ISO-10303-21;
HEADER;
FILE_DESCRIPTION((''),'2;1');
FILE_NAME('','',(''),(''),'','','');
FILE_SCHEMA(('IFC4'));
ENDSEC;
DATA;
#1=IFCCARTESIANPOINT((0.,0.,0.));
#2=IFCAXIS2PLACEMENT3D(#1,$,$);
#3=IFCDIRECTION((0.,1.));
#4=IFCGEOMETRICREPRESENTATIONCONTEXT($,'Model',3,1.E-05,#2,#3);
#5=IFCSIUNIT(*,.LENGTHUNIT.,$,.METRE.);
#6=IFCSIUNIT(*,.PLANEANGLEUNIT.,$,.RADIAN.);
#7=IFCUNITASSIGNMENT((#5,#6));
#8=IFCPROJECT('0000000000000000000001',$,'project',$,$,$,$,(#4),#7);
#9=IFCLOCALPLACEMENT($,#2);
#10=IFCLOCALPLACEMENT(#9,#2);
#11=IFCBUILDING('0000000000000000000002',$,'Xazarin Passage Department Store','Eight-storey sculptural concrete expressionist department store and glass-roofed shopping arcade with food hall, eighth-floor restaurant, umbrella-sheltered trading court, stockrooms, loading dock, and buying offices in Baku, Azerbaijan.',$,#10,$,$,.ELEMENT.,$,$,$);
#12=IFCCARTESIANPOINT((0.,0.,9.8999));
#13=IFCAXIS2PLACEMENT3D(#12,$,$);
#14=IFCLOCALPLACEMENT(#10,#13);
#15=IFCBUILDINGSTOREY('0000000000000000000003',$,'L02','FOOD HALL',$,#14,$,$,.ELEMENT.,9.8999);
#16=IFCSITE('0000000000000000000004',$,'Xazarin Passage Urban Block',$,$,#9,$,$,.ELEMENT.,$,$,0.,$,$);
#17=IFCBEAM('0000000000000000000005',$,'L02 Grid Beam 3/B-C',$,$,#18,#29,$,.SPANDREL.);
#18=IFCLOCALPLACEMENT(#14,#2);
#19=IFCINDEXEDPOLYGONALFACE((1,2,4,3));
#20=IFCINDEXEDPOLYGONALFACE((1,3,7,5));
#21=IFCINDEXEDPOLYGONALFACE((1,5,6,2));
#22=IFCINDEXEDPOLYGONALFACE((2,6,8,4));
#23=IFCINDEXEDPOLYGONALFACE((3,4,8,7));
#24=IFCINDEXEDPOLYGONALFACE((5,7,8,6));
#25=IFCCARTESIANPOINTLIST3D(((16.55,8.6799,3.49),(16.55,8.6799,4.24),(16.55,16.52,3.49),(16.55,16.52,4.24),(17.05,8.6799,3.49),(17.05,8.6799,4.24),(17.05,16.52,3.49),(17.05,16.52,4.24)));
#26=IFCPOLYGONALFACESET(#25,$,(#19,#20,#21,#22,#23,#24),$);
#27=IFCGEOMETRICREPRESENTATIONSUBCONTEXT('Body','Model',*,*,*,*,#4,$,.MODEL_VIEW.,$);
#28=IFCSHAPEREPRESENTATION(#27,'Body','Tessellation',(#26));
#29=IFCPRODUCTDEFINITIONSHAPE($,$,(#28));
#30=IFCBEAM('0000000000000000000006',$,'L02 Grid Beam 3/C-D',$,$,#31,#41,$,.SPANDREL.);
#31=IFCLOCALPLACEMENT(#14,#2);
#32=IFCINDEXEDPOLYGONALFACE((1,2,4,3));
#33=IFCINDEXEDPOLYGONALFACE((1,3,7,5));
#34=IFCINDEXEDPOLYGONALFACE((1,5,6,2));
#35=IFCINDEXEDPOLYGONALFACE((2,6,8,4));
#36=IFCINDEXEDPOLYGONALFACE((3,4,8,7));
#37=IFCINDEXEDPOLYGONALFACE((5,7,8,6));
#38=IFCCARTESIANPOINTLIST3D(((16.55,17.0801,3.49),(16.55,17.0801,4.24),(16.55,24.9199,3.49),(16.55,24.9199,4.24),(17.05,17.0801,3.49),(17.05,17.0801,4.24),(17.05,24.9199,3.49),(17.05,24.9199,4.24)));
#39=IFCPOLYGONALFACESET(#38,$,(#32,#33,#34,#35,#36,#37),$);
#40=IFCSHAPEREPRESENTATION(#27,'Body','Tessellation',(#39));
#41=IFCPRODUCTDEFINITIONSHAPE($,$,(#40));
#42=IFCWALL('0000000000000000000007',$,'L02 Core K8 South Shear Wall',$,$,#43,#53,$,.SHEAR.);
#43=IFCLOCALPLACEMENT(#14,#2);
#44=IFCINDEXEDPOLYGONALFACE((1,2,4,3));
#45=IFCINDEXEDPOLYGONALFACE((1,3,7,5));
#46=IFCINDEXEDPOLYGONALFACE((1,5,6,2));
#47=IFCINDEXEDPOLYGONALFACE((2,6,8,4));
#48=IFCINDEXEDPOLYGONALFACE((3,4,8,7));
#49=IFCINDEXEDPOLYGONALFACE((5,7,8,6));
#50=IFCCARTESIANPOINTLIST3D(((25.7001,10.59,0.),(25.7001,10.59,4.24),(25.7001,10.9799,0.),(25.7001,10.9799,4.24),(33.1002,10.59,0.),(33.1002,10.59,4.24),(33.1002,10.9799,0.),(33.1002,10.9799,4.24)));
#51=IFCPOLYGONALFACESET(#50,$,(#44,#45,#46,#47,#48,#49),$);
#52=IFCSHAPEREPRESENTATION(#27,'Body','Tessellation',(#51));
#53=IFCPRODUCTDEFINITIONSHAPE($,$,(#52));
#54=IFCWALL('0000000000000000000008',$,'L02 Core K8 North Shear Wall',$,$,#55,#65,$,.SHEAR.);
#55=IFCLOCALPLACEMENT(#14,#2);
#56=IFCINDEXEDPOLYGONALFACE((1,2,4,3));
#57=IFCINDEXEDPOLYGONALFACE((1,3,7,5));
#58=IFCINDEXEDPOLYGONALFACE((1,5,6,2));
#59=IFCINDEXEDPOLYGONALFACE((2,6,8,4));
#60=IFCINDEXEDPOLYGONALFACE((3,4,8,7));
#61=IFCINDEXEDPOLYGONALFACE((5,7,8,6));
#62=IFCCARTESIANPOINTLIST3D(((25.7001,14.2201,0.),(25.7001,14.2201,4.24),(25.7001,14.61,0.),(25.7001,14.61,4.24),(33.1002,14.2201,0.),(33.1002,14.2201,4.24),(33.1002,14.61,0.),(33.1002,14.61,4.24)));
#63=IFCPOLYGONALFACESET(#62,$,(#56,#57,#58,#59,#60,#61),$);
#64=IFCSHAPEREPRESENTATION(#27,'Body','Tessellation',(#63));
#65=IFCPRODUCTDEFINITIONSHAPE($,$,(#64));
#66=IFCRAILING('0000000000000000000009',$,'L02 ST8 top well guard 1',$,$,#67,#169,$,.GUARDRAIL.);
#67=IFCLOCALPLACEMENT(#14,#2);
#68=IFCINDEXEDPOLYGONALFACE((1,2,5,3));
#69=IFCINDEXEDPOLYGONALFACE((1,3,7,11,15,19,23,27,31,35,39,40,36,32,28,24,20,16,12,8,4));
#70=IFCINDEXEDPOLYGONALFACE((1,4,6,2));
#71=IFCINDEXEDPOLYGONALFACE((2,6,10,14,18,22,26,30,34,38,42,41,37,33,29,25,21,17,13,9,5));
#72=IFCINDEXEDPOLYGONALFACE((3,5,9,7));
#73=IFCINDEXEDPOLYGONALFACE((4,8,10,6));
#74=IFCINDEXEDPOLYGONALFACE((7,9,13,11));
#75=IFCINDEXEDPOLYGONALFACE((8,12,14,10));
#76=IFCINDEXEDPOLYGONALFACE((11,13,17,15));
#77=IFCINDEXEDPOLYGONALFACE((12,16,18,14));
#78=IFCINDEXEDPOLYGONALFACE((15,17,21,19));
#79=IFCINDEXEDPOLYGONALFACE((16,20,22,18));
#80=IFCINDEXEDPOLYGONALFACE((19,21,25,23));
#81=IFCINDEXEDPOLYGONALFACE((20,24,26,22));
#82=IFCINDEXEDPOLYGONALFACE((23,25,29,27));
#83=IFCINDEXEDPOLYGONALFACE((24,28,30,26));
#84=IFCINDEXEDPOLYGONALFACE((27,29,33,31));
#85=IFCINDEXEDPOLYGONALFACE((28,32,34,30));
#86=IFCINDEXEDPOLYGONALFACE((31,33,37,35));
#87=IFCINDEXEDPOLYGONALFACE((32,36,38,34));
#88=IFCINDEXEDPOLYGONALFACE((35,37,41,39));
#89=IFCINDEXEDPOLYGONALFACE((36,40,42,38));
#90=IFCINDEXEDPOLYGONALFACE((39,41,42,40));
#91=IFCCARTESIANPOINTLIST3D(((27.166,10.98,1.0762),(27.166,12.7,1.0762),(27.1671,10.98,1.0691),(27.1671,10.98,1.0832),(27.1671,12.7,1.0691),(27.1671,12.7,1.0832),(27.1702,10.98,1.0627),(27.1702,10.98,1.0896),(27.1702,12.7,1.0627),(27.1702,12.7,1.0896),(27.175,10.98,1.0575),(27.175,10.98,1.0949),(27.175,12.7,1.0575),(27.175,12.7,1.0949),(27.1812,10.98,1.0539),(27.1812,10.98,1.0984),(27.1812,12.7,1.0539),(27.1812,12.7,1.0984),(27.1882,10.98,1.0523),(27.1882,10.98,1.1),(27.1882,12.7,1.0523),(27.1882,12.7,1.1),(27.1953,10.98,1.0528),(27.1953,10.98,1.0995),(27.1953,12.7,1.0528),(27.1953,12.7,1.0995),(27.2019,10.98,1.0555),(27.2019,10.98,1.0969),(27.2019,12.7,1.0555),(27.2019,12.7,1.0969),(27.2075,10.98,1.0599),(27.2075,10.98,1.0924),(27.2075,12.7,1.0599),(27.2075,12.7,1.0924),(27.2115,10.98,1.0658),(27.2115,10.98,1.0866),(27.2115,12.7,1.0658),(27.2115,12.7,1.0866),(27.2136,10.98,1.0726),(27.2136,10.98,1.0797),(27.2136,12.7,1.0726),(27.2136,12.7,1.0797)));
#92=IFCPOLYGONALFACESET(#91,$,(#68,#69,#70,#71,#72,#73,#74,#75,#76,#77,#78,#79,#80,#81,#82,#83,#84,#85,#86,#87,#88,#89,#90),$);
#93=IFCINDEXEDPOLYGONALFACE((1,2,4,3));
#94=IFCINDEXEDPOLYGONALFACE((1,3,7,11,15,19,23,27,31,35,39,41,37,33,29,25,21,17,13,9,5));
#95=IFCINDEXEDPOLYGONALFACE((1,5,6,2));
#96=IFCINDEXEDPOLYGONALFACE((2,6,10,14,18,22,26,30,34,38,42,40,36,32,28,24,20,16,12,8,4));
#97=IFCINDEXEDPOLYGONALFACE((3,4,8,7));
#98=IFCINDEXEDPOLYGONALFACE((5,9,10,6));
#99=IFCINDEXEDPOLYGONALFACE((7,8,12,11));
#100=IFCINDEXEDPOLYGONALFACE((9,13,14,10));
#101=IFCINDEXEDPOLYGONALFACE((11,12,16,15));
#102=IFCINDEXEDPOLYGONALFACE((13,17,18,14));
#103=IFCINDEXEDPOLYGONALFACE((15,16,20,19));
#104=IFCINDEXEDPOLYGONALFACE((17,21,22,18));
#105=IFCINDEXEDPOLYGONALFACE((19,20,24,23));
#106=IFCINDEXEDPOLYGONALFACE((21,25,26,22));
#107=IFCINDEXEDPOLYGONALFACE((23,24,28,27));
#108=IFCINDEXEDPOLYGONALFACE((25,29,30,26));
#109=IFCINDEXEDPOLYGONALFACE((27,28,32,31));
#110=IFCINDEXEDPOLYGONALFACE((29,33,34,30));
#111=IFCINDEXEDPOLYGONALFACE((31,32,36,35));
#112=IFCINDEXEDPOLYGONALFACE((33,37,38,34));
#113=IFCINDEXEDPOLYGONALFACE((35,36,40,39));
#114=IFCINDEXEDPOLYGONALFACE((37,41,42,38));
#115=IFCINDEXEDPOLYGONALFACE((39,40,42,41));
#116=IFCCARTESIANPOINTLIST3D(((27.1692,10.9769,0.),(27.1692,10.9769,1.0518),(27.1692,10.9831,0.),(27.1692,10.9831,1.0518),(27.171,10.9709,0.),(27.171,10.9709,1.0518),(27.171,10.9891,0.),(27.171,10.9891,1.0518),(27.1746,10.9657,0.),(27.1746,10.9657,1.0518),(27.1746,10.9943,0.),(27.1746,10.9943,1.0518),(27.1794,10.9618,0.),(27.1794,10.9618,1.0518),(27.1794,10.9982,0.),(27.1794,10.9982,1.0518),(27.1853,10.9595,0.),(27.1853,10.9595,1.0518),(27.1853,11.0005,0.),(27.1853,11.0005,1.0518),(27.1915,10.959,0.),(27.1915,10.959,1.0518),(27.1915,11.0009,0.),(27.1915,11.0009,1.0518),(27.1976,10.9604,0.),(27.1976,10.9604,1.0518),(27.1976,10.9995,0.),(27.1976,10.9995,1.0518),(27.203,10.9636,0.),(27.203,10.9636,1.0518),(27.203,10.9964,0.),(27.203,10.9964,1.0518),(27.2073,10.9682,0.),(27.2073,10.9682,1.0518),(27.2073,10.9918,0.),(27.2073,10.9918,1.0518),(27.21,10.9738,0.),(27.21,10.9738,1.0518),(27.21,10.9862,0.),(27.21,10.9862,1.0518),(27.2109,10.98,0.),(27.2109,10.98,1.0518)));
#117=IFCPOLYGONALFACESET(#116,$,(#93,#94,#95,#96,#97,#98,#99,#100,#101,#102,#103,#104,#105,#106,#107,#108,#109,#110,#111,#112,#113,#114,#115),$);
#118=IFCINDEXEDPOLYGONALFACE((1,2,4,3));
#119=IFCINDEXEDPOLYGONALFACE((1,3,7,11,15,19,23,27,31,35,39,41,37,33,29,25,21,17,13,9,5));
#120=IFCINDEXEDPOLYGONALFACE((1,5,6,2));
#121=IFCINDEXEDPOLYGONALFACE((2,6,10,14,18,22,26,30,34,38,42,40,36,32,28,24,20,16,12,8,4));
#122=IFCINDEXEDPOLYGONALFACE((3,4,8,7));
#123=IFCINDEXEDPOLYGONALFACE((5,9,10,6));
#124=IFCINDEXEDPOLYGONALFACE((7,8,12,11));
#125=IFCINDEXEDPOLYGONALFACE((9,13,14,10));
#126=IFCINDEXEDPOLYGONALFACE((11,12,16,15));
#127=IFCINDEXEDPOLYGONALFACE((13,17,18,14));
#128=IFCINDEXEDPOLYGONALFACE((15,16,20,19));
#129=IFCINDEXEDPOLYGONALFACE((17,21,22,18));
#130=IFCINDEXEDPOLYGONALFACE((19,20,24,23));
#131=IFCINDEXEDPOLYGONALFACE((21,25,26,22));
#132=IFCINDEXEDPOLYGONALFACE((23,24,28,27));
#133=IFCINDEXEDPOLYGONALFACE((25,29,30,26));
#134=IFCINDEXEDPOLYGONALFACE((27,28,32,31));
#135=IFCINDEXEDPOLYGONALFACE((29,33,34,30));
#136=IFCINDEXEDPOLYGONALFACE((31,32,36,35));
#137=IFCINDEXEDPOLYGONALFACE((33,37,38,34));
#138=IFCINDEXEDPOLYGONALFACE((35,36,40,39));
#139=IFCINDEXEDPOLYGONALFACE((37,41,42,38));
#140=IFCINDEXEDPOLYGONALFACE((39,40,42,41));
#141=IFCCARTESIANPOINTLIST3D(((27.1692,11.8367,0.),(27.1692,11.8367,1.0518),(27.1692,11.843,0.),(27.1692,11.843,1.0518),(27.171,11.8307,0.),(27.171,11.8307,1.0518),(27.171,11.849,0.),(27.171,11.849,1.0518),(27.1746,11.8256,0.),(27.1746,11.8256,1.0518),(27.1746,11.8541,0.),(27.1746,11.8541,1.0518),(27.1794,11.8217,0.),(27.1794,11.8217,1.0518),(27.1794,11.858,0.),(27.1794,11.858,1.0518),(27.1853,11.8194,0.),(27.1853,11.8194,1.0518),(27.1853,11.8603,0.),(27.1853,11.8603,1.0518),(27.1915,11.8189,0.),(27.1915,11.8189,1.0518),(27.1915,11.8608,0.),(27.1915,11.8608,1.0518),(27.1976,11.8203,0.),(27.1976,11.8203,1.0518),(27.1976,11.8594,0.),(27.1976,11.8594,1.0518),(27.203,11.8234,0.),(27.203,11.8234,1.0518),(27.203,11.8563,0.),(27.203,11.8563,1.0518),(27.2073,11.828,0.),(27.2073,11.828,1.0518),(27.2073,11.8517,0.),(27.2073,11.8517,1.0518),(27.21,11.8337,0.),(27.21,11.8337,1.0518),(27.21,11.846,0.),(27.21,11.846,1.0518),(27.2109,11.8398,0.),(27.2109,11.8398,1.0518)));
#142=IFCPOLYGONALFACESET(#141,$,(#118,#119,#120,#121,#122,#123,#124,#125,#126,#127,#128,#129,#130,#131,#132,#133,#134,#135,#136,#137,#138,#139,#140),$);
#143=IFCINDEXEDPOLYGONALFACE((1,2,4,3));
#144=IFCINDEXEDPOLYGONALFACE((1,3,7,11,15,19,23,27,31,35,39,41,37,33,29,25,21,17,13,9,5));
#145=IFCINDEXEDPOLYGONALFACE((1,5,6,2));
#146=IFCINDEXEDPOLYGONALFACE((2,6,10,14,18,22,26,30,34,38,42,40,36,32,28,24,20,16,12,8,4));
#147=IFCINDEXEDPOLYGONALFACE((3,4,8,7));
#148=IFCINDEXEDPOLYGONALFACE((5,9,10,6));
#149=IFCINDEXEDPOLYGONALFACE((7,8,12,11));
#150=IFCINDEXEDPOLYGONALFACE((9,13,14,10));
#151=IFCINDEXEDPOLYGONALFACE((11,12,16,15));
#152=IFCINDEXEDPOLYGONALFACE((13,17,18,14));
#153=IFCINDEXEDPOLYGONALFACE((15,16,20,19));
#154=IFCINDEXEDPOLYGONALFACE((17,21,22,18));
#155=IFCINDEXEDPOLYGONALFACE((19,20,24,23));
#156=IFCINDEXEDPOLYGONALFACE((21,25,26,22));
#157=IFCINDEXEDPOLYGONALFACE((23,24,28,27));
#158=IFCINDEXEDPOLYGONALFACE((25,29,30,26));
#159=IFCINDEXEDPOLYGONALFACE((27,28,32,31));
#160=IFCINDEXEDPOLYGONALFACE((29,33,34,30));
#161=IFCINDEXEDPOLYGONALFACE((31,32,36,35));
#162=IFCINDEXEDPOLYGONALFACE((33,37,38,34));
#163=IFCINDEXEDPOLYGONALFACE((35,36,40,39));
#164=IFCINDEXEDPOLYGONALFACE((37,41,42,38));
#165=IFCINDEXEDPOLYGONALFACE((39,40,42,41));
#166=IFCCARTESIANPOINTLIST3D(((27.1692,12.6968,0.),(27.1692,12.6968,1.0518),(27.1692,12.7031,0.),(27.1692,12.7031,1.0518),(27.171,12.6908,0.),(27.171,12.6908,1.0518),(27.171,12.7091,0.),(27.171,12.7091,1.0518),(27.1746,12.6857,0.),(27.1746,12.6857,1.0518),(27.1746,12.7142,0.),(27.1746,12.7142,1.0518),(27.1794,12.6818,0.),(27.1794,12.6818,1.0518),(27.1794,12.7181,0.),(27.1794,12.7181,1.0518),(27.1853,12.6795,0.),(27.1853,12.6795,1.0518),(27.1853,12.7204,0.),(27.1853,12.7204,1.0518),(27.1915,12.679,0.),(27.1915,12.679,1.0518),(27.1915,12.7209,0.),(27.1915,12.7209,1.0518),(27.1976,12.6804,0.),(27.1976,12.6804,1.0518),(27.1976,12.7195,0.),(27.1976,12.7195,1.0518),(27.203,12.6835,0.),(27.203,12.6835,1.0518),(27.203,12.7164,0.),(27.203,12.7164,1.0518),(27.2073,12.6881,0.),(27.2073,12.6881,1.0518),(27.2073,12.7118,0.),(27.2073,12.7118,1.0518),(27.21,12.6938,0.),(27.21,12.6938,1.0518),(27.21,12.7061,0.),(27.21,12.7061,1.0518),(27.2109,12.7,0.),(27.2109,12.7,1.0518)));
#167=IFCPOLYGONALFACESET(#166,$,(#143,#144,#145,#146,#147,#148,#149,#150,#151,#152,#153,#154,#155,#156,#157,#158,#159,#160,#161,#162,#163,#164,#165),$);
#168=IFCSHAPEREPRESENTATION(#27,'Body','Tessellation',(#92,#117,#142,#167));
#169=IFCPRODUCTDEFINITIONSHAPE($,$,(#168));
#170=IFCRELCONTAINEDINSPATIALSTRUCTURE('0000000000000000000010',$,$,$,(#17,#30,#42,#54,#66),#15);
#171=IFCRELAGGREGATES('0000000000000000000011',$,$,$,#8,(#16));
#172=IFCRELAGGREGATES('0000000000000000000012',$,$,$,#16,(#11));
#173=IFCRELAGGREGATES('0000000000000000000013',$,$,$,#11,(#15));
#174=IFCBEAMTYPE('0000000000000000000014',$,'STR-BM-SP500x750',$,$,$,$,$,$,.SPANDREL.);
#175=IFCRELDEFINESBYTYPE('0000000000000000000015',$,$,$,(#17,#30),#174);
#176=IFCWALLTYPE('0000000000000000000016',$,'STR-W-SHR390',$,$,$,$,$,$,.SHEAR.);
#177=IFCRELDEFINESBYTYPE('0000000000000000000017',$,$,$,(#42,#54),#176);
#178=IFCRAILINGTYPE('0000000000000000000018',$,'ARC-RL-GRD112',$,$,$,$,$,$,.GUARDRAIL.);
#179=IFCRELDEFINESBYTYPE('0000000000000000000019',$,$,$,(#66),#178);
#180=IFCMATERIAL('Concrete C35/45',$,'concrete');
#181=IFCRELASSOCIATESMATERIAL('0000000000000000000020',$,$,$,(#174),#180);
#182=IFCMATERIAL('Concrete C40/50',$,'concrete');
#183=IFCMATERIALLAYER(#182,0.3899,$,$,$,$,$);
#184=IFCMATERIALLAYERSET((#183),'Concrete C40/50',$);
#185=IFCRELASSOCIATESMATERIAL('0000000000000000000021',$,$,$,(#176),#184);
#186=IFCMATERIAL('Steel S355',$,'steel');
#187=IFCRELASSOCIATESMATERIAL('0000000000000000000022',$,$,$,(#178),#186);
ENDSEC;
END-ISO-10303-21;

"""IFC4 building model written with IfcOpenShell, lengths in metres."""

from ifc_helpers import new_model, si_unit, direction, frame, frame_2d, origin, origin_2d, place, context, subcontext, project, spatial, rectangle, circle, extrude, material, layer, layer_set, material_profile, profile_set, type_object, element, save


model = new_model("IFC4")

# Units and contexts
model_context = context("Model", 3, precision=1e-05, world=origin(), true_north=direction((0.0, 1.0)))
body_context = subcontext(model_context, "Body", "Model", "MODEL_VIEW")
ifc_project = project(units=[si_unit("LENGTHUNIT", "METRE"), si_unit("PLANEANGLEUNIT", "RADIAN")], contexts=[model_context])

# Site, building, storey
site_placement = place(None, origin())
site = spatial("IfcSite", under=ifc_project, at=site_placement, Name="Xazarin Passage Urban Block", CompositionType="ELEMENT", RefElevation=0.0)
building_placement = place(site_placement, origin())
building = spatial("IfcBuilding", under=site, at=building_placement, Name="Xazarin Passage Department Store", Description="Eight-storey sculptural concrete expressionist department store and glass-roofed shopping arcade with food hall, eighth-floor restaurant, umbrella-sheltered trading court, stockrooms, loading dock, and buying offices in Baku, Azerbaijan.", CompositionType="ELEMENT")
storey_placement = place(building_placement, frame((0.0, 0.0, 9.8999)))
storey = spatial("IfcBuildingStorey", under=building, at=storey_placement, Name="L02", Description="FOOD HALL", CompositionType="ELEMENT", Elevation=9.8999)

# Shared definitions
ifc_material_1 = material(Name="Concrete C40/50", Category="concrete")

# Beams
ifc_material_2 = material(Name="Concrete C35/45", Category="concrete")
ifc_material_profile_1 = material_profile(ifc_material_2, rectangle(XDim=0.5, YDim=0.75, at=origin_2d()), Name="RC 500x750")
ifc_profile_set_1 = profile_set([ifc_material_profile_1], Name="Concrete C35/45")
beam_type_1 = type_object("IfcBeamType", Name="STR-BM-SP500x750", PredefinedType="SPANDREL", material=ifc_profile_set_1)
for number, where, z_axis, x_axis, name in (
    (1, (16.8, 8.6799, 3.865), (0.0, 1.0, 0.0), (-1.0, 0.0, 0.0), "L02 Grid Beam 3/B-C"),
):
    element("IfcBeam", number, at=place(storey_placement, frame(where, z_axis=z_axis, x_axis=x_axis)), inside=storey, type_object=beam_type_1, Name=name, PredefinedType="SPANDREL", context=body_context, shape_type="SweptSolid", body=[
        extrude(rectangle(XDim=0.5, YDim=0.75, at=origin_2d()), origin(), (0.0, 0.0, 1.0), 7.8401),
    ])
beam_1_placement = place(storey_placement, frame((16.8, 17.0801, 3.865), z_axis=(0.0, 1.0, 0.0), x_axis=(-1.0, 0.0, 0.0)))
element("IfcBeam", 2, at=beam_1_placement, inside=storey, type_object=beam_type_1, Name="L02 Grid Beam 3/C-D", PredefinedType="SPANDREL", context=body_context, shape_type="SweptSolid", body=[
    extrude(rectangle(XDim=0.5, YDim=0.75, at=origin_2d()), origin(), (0.0, 0.0, 1.0), 7.8398),
])

# Shared definitions
ifc_layer = layer(ifc_material_1, 0.3899)
ifc_layer_set = layer_set([ifc_layer], Name="Concrete C40/50")
wall_type = type_object("IfcWallType", Name="STR-W-SHR390", PredefinedType="SHEAR", material=ifc_layer_set)
ifc_material_3 = material(Name="Steel S355", Category="steel")

# Walls
for number, where, z_axis, x_axis, name in (
    (3, (25.7, 10.7849, 0.0), (0.0, 0.0, 1.0), (1.0, 0.0, 0.0), "L02 Core K8 South Shear Wall"),
    (4, (25.7, 14.415, 0.0), (0.0, 0.0, 1.0), (1.0, 0.0, 0.0), "L02 Core K8 North Shear Wall"),
):
    element("IfcWall", number, at=place(storey_placement, frame(where, z_axis=z_axis, x_axis=x_axis)), inside=storey, type_object=wall_type, Name=name, PredefinedType="SHEAR", context=body_context, shape_type="SweptSolid", body=[
        extrude(rectangle(XDim=7.4001, YDim=0.3899, at=frame_2d((3.7002, 0.0))), origin(), (0.0, 0.0, 1.0), 4.24),
    ])

# Railing
railing_type = type_object("IfcRailingType", Name="ARC-RL-GRD112", PredefinedType="GUARDRAIL", material=ifc_material_3)
railing_placement = place(storey_placement, frame((27.1899, 10.98, 0.0)))
element("IfcRailing", 5, at=railing_placement, inside=storey, type_object=railing_type, Name="L02 ST8 top well guard 1", PredefinedType="GUARDRAIL", context=body_context, shape_type="SweptSolid", body=[
    extrude(circle(Radius=0.0239, at=origin_2d()), frame((0.0, 0.0, 1.0762), z_axis=(0.0, 1.0, 0.0), x_axis=(-1.0, 0.0, 0.0)), (0.0, 0.0, 1.0), 1.72),
    extrude(circle(Radius=0.021, at=origin_2d()), origin(), (0.0, 0.0, 1.0), 1.0518),
    extrude(circle(Radius=0.021, at=origin_2d()), frame((0.0, 0.8599, 0.0)), (0.0, 0.0, 1.0), 1.0518),
    extrude(circle(Radius=0.021, at=origin_2d()), frame((0.0, 1.72, 0.0)), (0.0, 0.0, 1.0), 1.0518),
])

save(model, "model.ifc")
